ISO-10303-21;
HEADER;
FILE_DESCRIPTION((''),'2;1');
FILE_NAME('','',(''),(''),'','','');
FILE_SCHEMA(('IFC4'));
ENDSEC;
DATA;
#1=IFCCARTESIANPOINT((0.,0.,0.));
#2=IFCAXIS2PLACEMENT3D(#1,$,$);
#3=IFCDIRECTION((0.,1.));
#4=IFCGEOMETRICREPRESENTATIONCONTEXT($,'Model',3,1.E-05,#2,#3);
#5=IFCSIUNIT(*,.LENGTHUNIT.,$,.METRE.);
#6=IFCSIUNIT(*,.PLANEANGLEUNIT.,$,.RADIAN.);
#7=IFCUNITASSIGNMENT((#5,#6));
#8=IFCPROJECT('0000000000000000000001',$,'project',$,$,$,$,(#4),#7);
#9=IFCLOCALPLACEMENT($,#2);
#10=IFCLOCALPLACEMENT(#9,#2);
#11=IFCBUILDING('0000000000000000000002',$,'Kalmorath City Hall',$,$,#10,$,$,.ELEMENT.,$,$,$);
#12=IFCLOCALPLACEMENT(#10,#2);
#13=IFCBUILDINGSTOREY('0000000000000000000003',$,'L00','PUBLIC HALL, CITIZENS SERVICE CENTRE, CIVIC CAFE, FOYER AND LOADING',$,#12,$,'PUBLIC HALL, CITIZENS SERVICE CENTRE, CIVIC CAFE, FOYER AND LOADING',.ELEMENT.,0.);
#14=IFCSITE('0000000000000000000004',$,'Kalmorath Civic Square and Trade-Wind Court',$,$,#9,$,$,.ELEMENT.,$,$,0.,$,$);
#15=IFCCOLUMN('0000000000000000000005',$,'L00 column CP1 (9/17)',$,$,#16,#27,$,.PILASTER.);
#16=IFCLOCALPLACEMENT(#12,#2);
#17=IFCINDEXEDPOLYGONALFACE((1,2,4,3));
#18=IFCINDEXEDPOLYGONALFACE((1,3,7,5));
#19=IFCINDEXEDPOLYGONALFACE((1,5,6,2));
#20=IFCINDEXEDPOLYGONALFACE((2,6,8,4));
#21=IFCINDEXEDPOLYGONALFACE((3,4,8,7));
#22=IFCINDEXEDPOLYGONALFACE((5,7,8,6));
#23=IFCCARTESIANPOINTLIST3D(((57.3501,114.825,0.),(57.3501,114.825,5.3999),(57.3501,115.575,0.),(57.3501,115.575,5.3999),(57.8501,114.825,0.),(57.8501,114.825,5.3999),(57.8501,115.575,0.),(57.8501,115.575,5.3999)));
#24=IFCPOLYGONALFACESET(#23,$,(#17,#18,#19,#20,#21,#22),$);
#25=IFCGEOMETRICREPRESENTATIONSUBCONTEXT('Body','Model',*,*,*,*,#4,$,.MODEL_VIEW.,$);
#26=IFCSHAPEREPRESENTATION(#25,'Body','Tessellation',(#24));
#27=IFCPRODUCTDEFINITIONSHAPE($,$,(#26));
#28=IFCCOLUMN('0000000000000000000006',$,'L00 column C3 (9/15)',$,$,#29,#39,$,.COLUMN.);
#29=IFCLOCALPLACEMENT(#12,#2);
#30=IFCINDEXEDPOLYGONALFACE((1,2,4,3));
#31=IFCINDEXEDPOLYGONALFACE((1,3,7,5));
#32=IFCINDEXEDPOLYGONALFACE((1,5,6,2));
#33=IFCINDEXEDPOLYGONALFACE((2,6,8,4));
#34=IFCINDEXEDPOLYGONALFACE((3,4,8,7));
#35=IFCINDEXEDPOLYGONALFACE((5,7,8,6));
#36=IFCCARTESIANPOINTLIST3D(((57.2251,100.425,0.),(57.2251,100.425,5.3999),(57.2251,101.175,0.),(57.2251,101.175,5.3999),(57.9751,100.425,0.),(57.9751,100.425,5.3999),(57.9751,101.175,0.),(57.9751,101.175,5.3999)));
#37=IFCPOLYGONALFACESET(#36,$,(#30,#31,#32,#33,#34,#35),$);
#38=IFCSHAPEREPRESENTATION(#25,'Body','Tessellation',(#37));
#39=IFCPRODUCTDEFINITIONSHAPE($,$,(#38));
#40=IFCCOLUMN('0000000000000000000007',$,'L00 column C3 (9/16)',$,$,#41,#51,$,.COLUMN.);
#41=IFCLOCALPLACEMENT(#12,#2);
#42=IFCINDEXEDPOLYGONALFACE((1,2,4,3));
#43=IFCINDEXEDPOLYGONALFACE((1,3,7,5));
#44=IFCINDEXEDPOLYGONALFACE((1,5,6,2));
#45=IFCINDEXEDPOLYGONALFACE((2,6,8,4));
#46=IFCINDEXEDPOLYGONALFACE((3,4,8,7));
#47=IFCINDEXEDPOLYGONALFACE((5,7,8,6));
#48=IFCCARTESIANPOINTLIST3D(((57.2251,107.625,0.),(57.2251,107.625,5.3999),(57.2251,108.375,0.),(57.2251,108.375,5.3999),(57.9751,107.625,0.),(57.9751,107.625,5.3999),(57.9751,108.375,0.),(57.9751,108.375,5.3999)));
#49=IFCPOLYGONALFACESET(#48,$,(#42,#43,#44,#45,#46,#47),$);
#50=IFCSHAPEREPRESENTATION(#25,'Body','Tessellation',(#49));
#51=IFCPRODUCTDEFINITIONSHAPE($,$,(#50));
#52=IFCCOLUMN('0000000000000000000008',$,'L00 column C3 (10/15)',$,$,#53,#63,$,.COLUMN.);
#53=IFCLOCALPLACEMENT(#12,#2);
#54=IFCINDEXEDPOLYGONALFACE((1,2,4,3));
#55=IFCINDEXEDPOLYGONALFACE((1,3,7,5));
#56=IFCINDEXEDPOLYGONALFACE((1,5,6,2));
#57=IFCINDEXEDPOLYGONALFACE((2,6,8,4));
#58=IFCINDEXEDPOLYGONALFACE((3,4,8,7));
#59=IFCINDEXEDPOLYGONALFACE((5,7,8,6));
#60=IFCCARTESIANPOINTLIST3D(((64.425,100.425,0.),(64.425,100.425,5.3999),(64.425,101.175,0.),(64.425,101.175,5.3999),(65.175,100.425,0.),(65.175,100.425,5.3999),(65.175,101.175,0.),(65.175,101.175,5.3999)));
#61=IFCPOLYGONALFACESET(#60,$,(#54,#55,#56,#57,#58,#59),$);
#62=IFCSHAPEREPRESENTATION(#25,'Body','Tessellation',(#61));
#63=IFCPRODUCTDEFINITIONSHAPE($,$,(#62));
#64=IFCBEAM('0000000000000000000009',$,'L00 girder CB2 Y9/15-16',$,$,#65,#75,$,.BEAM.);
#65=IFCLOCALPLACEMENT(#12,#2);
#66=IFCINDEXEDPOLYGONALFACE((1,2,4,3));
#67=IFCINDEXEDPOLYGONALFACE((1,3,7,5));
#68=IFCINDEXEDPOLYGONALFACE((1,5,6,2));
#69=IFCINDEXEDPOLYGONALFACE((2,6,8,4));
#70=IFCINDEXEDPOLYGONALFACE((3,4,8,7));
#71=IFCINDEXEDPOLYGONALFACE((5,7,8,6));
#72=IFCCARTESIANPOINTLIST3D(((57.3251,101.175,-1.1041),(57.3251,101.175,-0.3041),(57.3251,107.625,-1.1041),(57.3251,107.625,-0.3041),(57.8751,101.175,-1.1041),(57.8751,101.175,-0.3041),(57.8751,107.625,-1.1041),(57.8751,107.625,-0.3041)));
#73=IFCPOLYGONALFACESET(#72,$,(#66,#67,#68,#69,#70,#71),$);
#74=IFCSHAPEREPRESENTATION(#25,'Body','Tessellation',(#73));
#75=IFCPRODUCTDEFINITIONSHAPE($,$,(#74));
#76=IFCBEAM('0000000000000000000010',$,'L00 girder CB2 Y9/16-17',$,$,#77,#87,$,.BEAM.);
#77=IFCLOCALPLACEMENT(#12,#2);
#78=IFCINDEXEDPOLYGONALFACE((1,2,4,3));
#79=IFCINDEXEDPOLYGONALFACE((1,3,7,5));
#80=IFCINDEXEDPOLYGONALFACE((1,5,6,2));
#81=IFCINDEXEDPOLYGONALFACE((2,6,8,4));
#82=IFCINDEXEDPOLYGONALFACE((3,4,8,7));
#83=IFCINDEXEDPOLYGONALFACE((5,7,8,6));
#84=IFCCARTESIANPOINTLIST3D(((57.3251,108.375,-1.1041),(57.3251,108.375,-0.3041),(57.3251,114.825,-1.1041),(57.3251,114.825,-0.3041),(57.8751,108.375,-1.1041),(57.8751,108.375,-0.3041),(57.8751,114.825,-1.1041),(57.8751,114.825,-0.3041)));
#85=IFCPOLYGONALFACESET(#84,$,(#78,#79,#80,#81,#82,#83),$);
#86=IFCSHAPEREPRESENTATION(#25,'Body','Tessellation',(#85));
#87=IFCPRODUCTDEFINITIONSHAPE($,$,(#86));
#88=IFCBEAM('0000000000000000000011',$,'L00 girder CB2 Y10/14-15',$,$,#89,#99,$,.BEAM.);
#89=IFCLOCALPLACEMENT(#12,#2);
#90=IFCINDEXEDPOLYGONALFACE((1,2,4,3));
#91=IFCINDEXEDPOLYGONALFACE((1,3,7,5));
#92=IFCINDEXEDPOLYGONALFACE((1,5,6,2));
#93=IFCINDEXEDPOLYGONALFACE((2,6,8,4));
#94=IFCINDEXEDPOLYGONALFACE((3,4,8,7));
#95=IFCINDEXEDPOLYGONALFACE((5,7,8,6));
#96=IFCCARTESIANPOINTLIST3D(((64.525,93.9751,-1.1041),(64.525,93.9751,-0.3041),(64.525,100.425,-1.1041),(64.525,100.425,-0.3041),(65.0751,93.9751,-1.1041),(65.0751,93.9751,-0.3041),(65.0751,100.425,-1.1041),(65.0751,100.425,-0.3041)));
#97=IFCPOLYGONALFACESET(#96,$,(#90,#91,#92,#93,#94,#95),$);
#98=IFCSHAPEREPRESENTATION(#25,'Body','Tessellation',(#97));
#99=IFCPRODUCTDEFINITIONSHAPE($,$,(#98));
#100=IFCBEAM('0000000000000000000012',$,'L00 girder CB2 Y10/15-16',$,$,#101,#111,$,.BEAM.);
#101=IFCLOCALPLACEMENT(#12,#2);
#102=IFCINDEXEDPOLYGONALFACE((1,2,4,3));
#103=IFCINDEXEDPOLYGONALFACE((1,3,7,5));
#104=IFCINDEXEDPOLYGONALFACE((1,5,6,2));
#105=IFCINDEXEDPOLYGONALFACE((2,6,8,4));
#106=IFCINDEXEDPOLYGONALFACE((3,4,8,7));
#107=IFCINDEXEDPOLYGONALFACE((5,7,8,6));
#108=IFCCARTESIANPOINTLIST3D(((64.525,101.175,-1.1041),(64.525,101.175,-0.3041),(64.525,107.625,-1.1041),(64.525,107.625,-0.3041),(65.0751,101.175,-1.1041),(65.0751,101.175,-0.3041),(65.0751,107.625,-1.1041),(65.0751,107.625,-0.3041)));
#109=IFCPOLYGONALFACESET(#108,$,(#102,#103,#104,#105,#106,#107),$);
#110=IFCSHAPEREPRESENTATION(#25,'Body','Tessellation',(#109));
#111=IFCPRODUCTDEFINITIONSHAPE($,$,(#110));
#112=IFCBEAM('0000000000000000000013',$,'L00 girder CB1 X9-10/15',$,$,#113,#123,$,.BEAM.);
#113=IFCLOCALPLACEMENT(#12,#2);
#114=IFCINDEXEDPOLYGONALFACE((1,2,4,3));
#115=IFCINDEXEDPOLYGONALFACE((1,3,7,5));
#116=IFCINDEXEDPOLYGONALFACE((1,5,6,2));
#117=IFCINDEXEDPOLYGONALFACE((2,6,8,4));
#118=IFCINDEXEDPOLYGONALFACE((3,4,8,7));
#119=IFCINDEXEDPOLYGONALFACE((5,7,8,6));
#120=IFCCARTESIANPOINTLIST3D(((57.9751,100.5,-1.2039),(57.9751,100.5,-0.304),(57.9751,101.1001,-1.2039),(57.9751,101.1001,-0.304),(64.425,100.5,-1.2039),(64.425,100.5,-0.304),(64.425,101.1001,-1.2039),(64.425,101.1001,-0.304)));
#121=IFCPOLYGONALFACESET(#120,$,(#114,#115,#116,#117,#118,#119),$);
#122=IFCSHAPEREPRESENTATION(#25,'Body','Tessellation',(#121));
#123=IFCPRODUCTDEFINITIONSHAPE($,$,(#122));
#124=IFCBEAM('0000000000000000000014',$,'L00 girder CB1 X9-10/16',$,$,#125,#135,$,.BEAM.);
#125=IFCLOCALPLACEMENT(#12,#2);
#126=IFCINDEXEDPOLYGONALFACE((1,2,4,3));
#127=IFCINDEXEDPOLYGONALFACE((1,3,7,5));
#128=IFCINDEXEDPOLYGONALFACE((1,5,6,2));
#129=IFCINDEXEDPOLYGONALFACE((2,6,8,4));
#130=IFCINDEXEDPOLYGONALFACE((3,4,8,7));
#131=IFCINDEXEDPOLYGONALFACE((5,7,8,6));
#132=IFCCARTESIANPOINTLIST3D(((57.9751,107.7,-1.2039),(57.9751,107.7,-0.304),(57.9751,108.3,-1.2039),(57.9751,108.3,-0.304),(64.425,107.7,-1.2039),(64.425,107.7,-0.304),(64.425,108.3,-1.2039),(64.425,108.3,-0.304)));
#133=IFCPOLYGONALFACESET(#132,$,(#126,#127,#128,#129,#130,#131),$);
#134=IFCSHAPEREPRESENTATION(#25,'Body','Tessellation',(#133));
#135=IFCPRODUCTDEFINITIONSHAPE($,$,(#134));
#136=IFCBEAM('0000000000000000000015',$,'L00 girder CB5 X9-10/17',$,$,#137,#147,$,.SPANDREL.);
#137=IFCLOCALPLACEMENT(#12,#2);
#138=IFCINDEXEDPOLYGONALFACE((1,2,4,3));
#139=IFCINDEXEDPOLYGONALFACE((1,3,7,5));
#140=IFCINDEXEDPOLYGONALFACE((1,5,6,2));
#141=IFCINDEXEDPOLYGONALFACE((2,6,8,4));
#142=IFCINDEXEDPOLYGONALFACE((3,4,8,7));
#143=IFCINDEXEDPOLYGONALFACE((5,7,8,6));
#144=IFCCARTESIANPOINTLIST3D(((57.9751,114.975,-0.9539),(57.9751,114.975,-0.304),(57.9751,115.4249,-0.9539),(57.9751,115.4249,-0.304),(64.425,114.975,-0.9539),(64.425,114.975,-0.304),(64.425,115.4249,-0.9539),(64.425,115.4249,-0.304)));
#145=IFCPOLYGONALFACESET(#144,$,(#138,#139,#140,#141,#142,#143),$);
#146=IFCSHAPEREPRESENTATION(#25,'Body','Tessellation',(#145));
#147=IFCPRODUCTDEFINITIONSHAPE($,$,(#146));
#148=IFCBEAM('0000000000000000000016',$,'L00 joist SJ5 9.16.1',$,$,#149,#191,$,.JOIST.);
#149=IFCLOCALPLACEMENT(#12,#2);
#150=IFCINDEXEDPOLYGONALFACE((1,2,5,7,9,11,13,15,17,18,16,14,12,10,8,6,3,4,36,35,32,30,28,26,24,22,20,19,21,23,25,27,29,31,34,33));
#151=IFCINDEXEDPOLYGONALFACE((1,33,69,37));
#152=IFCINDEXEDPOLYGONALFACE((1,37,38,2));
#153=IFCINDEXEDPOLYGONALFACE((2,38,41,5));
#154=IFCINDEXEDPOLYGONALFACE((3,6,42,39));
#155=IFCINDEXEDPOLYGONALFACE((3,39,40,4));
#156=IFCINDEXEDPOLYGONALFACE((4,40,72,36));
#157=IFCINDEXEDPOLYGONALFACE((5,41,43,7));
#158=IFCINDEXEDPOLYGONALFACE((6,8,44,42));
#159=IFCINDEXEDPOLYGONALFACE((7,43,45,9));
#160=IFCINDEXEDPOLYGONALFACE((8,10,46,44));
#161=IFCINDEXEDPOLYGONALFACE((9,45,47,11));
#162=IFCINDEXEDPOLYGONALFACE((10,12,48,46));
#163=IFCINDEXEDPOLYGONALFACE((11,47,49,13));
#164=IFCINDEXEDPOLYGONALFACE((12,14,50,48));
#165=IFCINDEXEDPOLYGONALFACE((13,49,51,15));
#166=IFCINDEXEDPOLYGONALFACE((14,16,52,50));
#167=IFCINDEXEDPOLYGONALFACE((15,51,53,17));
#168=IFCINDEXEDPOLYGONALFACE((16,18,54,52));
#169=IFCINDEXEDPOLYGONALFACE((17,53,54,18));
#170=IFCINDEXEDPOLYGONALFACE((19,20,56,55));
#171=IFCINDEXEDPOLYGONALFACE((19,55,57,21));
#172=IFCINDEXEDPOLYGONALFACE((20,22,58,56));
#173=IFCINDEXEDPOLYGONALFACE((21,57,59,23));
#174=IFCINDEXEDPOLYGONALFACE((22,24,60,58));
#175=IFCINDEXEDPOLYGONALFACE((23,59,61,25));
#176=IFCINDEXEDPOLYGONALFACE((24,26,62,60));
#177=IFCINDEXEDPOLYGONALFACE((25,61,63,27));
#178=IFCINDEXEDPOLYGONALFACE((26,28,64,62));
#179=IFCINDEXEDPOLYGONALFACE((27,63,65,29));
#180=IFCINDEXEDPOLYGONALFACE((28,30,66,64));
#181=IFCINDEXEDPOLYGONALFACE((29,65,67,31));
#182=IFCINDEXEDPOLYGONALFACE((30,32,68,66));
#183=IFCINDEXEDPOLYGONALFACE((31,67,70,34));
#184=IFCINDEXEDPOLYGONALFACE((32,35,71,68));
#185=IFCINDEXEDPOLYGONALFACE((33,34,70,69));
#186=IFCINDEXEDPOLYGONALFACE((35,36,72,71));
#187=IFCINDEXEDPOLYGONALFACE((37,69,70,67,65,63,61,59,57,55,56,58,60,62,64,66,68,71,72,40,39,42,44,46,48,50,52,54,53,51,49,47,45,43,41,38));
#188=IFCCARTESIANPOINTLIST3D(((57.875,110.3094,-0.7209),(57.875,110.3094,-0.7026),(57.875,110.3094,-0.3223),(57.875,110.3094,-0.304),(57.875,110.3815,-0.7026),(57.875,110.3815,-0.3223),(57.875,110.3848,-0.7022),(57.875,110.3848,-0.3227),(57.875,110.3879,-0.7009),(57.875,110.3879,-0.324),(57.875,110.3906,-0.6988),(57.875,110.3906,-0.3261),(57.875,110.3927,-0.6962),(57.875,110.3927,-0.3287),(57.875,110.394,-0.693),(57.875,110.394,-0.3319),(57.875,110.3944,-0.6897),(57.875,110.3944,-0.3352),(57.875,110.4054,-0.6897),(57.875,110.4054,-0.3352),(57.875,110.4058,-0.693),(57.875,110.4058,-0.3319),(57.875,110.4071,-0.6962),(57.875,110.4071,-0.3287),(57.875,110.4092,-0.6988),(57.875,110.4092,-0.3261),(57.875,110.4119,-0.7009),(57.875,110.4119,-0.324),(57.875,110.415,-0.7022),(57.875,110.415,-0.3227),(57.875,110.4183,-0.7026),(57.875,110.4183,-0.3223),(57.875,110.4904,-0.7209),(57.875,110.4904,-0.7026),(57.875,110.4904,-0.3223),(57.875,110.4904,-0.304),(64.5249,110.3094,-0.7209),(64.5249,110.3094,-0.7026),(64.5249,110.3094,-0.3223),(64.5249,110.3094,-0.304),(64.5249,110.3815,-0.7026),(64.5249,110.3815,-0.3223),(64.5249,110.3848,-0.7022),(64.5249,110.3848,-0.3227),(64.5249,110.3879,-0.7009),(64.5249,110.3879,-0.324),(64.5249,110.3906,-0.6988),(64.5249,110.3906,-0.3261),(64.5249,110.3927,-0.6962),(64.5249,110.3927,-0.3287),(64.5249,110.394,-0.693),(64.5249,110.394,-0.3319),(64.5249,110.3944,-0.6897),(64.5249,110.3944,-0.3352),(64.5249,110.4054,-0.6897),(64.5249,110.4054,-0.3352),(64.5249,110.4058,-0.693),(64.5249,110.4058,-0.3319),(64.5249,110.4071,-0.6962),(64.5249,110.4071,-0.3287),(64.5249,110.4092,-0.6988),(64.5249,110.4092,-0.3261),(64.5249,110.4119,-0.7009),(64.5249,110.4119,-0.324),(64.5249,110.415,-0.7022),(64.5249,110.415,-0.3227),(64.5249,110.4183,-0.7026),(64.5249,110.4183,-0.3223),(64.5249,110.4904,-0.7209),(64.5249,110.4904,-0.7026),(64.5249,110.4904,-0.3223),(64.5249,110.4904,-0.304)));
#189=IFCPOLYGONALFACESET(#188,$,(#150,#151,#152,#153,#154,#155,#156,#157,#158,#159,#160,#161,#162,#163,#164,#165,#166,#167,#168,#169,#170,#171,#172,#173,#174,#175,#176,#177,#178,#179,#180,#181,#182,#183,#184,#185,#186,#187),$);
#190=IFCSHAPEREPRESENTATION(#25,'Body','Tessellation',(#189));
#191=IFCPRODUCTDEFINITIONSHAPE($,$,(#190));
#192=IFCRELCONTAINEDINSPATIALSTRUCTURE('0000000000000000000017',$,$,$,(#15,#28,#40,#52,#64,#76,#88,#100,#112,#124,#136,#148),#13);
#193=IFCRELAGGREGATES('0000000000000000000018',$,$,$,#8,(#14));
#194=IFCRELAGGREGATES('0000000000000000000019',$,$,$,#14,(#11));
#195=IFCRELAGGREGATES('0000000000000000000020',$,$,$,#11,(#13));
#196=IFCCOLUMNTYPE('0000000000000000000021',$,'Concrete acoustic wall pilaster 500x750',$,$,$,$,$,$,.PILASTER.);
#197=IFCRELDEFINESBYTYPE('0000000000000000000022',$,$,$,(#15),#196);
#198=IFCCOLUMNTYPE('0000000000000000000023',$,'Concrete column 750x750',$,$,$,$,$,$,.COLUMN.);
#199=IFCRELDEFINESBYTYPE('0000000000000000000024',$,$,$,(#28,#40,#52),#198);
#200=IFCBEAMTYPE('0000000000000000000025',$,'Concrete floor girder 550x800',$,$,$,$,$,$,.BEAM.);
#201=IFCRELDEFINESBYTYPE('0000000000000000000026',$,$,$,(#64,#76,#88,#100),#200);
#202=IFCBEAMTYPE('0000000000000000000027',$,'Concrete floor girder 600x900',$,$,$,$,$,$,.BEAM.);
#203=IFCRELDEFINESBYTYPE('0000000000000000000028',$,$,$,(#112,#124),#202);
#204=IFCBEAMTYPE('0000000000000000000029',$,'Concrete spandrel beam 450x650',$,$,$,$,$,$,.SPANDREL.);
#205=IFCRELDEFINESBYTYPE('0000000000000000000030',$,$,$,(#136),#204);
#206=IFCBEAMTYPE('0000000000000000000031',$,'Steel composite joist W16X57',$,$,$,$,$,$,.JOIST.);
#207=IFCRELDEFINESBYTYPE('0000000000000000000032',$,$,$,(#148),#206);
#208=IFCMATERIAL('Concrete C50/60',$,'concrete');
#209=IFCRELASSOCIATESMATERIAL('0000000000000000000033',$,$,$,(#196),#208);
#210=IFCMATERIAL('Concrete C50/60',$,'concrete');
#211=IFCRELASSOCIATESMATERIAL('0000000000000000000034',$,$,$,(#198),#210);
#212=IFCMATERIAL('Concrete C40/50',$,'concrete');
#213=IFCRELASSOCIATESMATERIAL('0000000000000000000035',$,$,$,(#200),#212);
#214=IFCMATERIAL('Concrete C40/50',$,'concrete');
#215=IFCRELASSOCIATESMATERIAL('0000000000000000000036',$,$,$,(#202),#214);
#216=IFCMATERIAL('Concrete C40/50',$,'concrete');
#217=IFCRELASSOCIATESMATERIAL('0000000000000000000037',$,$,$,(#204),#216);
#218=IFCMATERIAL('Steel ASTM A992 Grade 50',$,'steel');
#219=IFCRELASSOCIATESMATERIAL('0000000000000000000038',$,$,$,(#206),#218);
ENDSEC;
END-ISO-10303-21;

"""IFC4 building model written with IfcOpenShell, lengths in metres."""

from ifc_helpers import new_model, si_unit, direction, frame, origin, origin_2d, place, context, subcontext, project, spatial, rectangle, i_section, extrude, material, material_profile, profile_set, type_object, element, save


model = new_model("IFC4")

# Units and contexts
model_context = context("Model", 3, precision=1e-05, world=origin(), true_north=direction((0.0, 1.0)))
body_context = subcontext(model_context, "Body", "Model", "MODEL_VIEW")
ifc_project = project(units=[si_unit("LENGTHUNIT", "METRE"), si_unit("PLANEANGLEUNIT", "RADIAN")], contexts=[model_context])

# Site, building, storey
site_placement = place(None, origin())
site = spatial("IfcSite", under=ifc_project, at=site_placement, Name="Kalmorath Civic Square and Trade-Wind Court", CompositionType="ELEMENT", RefElevation=0.0)
building_placement = place(site_placement, origin())
building = spatial("IfcBuilding", under=site, at=building_placement, Name="Kalmorath City Hall", CompositionType="ELEMENT")
storey_placement = place(building_placement, origin())
storey = spatial("IfcBuildingStorey", under=building, at=storey_placement, Name="L00", Description="PUBLIC HALL, CITIZENS SERVICE CENTRE, CIVIC CAFE, FOYER AND LOADING", LongName="PUBLIC HALL, CITIZENS SERVICE CENTRE, CIVIC CAFE, FOYER AND LOADING", CompositionType="ELEMENT", Elevation=0.0)

# Columns
ifc_material_1 = material(Name="Concrete C50/60", Category="concrete")
ifc_material_profile_1 = material_profile(ifc_material_1, rectangle(XDim=0.5, YDim=0.75, at=origin_2d()), Name="RC-PIL-500X750")
ifc_profile_set_1 = profile_set([ifc_material_profile_1], Name="Concrete C50/60")
column_type_1 = type_object("IfcColumnType", Name="Concrete acoustic wall pilaster 500x750", PredefinedType="PILASTER", material=ifc_profile_set_1)
column_placement = place(storey_placement, frame((57.6001, 115.2, 0.0), z_axis=(0.0, 0.0, 1.0), x_axis=(1.0, 0.0, 0.0)))
element("IfcColumn", 1, at=column_placement, inside=storey, type_object=column_type_1, Name="L00 column CP1 (9/17)", PredefinedType="PILASTER", context=body_context, shape_type="SweptSolid", body=[
    extrude(rectangle(XDim=0.5, YDim=0.75, at=origin_2d()), origin(), (0.0, 0.0, 1.0), 5.3999),
])
ifc_material_2 = material(Name="Concrete C50/60", Category="concrete")
ifc_material_profile_2 = material_profile(ifc_material_2, rectangle(XDim=0.75, YDim=0.75, at=origin_2d()), Name="RC-COL-750X750")
ifc_profile_set_2 = profile_set([ifc_material_profile_2], Name="Concrete C50/60")
column_type_2 = type_object("IfcColumnType", Name="Concrete column 750x750", PredefinedType="COLUMN", material=ifc_profile_set_2)
for number, where, z_axis, x_axis, name in (
    (2, (57.6001, 100.8, 0.0), (0.0, 0.0, 1.0), (1.0, 0.0, 0.0), "L00 column C3 (9/15)"),
    (3, (57.6001, 108.0, 0.0), (0.0, 0.0, 1.0), (1.0, 0.0, 0.0), "L00 column C3 (9/16)"),
    (4, (64.8, 100.8, 0.0), (0.0, 0.0, 1.0), (1.0, 0.0, 0.0), "L00 column C3 (10/15)"),
):
    element("IfcColumn", number, at=place(storey_placement, frame(where, z_axis=z_axis, x_axis=x_axis)), inside=storey, type_object=column_type_2, Name=name, PredefinedType="COLUMN", context=body_context, shape_type="SweptSolid", body=[
        extrude(rectangle(XDim=0.75, YDim=0.75, at=origin_2d()), origin(), (0.0, 0.0, 1.0), 5.3999),
    ])

# Beams
ifc_material_3 = material(Name="Concrete C40/50", Category="concrete")
ifc_material_profile_3 = material_profile(ifc_material_3, rectangle(XDim=0.55, YDim=0.8, at=origin_2d()), Name="RC-BM-550X800")
ifc_profile_set_3 = profile_set([ifc_material_profile_3], Name="Concrete C40/50")
beam_type_1 = type_object("IfcBeamType", Name="Concrete floor girder 550x800", PredefinedType="BEAM", material=ifc_profile_set_3)
for number, where, z_axis, x_axis, name in (
    (5, (57.6001, 101.175, -0.7041), (0.0, 1.0, 0.0), (-1.0, 0.0, 0.0), "L00 girder CB2 Y9/15-16"),
    (6, (57.6001, 108.375, -0.7041), (0.0, 1.0, 0.0), (-1.0, 0.0, 0.0), "L00 girder CB2 Y9/16-17"),
    (7, (64.8, 93.9751, -0.7041), (0.0, 1.0, 0.0), (-1.0, 0.0, 0.0), "L00 girder CB2 Y10/14-15"),
    (8, (64.8, 101.175, -0.7041), (0.0, 1.0, 0.0), (-1.0, 0.0, 0.0), "L00 girder CB2 Y10/15-16"),
):
    element("IfcBeam", number, at=place(storey_placement, frame(where, z_axis=z_axis, x_axis=x_axis)), inside=storey, type_object=beam_type_1, Name=name, PredefinedType="BEAM", context=body_context, shape_type="SweptSolid", body=[
        extrude(rectangle(XDim=0.55, YDim=0.8, at=origin_2d()), origin(), (0.0, 0.0, 1.0), 6.45),
    ])
ifc_material_4 = material(Name="Concrete C40/50", Category="concrete")
ifc_material_profile_4 = material_profile(ifc_material_4, rectangle(XDim=0.6001, YDim=0.8999, at=origin_2d()), Name="RC-BM-600X900")
ifc_profile_set_4 = profile_set([ifc_material_profile_4], Name="Concrete C40/50")
beam_type_2 = type_object("IfcBeamType", Name="Concrete floor girder 600x900", PredefinedType="BEAM", material=ifc_profile_set_4)
for number, where, z_axis, x_axis, name in (
    (9, (57.9751, 100.8, -0.7539), (1.0, 0.0, 0.0), (0.0, 1.0, 0.0), "L00 girder CB1 X9-10/15"),
    (10, (57.9751, 108.0, -0.7539), (1.0, 0.0, 0.0), (0.0, 1.0, 0.0), "L00 girder CB1 X9-10/16"),
):
    element("IfcBeam", number, at=place(storey_placement, frame(where, z_axis=z_axis, x_axis=x_axis)), inside=storey, type_object=beam_type_2, Name=name, PredefinedType="BEAM", context=body_context, shape_type="SweptSolid", body=[
        extrude(rectangle(XDim=0.6001, YDim=0.8999, at=origin_2d()), origin(), (0.0, 0.0, 1.0), 6.45),
    ])
ifc_material_5 = material(Name="Concrete C40/50", Category="concrete")
ifc_material_profile_5 = material_profile(ifc_material_5, rectangle(XDim=0.45, YDim=0.6499, at=origin_2d()), Name="RC-BM-450X650")
ifc_profile_set_5 = profile_set([ifc_material_profile_5], Name="Concrete C40/50")
beam_type_3 = type_object("IfcBeamType", Name="Concrete spandrel beam 450x650", PredefinedType="SPANDREL", material=ifc_profile_set_5)
beam_placement = place(storey_placement, frame((57.9751, 115.2, -0.6289), z_axis=(1.0, 0.0, 0.0), x_axis=(0.0, 1.0, 0.0)))
element("IfcBeam", 11, at=beam_placement, inside=storey, type_object=beam_type_3, Name="L00 girder CB5 X9-10/17", PredefinedType="SPANDREL", context=body_context, shape_type="SweptSolid", body=[
    extrude(rectangle(XDim=0.45, YDim=0.6499, at=origin_2d()), origin(), (0.0, 0.0, 1.0), 6.45),
])
ifc_material_6 = material(Name="Steel ASTM A992 Grade 50", Category="steel")
ifc_material_profile_6 = material_profile(ifc_material_6, i_section(OverallWidth=0.1809, OverallDepth=0.417, WebThickness=0.011, FlangeThickness=0.0183, FilletRadius=0.0129, at=origin_2d()), Name="W16X57")
ifc_profile_set_6 = profile_set([ifc_material_profile_6], Name="Steel ASTM A992 Grade 50")
beam_type_4 = type_object("IfcBeamType", Name="Steel composite joist W16X57", PredefinedType="JOIST", material=ifc_profile_set_6)
for number, where, z_axis, x_axis, name in (
    (12, (57.875, 110.3999, -0.5125), (1.0, 0.0, 0.0), (0.0, 1.0, 0.0), "L00 joist SJ5 9.16.1"),
):
    element("IfcBeam", number, at=place(storey_placement, frame(where, z_axis=z_axis, x_axis=x_axis)), inside=storey, type_object=beam_type_4, Name=name, PredefinedType="JOIST", context=body_context, shape_type="SweptSolid", body=[
        extrude(i_section(OverallWidth=0.1809, OverallDepth=0.417, WebThickness=0.011, FlangeThickness=0.0183, FilletRadius=0.0129, at=origin_2d()), origin(), (0.0, 0.0, 1.0), 6.6499),
    ])

save(model, "model.ifc")
